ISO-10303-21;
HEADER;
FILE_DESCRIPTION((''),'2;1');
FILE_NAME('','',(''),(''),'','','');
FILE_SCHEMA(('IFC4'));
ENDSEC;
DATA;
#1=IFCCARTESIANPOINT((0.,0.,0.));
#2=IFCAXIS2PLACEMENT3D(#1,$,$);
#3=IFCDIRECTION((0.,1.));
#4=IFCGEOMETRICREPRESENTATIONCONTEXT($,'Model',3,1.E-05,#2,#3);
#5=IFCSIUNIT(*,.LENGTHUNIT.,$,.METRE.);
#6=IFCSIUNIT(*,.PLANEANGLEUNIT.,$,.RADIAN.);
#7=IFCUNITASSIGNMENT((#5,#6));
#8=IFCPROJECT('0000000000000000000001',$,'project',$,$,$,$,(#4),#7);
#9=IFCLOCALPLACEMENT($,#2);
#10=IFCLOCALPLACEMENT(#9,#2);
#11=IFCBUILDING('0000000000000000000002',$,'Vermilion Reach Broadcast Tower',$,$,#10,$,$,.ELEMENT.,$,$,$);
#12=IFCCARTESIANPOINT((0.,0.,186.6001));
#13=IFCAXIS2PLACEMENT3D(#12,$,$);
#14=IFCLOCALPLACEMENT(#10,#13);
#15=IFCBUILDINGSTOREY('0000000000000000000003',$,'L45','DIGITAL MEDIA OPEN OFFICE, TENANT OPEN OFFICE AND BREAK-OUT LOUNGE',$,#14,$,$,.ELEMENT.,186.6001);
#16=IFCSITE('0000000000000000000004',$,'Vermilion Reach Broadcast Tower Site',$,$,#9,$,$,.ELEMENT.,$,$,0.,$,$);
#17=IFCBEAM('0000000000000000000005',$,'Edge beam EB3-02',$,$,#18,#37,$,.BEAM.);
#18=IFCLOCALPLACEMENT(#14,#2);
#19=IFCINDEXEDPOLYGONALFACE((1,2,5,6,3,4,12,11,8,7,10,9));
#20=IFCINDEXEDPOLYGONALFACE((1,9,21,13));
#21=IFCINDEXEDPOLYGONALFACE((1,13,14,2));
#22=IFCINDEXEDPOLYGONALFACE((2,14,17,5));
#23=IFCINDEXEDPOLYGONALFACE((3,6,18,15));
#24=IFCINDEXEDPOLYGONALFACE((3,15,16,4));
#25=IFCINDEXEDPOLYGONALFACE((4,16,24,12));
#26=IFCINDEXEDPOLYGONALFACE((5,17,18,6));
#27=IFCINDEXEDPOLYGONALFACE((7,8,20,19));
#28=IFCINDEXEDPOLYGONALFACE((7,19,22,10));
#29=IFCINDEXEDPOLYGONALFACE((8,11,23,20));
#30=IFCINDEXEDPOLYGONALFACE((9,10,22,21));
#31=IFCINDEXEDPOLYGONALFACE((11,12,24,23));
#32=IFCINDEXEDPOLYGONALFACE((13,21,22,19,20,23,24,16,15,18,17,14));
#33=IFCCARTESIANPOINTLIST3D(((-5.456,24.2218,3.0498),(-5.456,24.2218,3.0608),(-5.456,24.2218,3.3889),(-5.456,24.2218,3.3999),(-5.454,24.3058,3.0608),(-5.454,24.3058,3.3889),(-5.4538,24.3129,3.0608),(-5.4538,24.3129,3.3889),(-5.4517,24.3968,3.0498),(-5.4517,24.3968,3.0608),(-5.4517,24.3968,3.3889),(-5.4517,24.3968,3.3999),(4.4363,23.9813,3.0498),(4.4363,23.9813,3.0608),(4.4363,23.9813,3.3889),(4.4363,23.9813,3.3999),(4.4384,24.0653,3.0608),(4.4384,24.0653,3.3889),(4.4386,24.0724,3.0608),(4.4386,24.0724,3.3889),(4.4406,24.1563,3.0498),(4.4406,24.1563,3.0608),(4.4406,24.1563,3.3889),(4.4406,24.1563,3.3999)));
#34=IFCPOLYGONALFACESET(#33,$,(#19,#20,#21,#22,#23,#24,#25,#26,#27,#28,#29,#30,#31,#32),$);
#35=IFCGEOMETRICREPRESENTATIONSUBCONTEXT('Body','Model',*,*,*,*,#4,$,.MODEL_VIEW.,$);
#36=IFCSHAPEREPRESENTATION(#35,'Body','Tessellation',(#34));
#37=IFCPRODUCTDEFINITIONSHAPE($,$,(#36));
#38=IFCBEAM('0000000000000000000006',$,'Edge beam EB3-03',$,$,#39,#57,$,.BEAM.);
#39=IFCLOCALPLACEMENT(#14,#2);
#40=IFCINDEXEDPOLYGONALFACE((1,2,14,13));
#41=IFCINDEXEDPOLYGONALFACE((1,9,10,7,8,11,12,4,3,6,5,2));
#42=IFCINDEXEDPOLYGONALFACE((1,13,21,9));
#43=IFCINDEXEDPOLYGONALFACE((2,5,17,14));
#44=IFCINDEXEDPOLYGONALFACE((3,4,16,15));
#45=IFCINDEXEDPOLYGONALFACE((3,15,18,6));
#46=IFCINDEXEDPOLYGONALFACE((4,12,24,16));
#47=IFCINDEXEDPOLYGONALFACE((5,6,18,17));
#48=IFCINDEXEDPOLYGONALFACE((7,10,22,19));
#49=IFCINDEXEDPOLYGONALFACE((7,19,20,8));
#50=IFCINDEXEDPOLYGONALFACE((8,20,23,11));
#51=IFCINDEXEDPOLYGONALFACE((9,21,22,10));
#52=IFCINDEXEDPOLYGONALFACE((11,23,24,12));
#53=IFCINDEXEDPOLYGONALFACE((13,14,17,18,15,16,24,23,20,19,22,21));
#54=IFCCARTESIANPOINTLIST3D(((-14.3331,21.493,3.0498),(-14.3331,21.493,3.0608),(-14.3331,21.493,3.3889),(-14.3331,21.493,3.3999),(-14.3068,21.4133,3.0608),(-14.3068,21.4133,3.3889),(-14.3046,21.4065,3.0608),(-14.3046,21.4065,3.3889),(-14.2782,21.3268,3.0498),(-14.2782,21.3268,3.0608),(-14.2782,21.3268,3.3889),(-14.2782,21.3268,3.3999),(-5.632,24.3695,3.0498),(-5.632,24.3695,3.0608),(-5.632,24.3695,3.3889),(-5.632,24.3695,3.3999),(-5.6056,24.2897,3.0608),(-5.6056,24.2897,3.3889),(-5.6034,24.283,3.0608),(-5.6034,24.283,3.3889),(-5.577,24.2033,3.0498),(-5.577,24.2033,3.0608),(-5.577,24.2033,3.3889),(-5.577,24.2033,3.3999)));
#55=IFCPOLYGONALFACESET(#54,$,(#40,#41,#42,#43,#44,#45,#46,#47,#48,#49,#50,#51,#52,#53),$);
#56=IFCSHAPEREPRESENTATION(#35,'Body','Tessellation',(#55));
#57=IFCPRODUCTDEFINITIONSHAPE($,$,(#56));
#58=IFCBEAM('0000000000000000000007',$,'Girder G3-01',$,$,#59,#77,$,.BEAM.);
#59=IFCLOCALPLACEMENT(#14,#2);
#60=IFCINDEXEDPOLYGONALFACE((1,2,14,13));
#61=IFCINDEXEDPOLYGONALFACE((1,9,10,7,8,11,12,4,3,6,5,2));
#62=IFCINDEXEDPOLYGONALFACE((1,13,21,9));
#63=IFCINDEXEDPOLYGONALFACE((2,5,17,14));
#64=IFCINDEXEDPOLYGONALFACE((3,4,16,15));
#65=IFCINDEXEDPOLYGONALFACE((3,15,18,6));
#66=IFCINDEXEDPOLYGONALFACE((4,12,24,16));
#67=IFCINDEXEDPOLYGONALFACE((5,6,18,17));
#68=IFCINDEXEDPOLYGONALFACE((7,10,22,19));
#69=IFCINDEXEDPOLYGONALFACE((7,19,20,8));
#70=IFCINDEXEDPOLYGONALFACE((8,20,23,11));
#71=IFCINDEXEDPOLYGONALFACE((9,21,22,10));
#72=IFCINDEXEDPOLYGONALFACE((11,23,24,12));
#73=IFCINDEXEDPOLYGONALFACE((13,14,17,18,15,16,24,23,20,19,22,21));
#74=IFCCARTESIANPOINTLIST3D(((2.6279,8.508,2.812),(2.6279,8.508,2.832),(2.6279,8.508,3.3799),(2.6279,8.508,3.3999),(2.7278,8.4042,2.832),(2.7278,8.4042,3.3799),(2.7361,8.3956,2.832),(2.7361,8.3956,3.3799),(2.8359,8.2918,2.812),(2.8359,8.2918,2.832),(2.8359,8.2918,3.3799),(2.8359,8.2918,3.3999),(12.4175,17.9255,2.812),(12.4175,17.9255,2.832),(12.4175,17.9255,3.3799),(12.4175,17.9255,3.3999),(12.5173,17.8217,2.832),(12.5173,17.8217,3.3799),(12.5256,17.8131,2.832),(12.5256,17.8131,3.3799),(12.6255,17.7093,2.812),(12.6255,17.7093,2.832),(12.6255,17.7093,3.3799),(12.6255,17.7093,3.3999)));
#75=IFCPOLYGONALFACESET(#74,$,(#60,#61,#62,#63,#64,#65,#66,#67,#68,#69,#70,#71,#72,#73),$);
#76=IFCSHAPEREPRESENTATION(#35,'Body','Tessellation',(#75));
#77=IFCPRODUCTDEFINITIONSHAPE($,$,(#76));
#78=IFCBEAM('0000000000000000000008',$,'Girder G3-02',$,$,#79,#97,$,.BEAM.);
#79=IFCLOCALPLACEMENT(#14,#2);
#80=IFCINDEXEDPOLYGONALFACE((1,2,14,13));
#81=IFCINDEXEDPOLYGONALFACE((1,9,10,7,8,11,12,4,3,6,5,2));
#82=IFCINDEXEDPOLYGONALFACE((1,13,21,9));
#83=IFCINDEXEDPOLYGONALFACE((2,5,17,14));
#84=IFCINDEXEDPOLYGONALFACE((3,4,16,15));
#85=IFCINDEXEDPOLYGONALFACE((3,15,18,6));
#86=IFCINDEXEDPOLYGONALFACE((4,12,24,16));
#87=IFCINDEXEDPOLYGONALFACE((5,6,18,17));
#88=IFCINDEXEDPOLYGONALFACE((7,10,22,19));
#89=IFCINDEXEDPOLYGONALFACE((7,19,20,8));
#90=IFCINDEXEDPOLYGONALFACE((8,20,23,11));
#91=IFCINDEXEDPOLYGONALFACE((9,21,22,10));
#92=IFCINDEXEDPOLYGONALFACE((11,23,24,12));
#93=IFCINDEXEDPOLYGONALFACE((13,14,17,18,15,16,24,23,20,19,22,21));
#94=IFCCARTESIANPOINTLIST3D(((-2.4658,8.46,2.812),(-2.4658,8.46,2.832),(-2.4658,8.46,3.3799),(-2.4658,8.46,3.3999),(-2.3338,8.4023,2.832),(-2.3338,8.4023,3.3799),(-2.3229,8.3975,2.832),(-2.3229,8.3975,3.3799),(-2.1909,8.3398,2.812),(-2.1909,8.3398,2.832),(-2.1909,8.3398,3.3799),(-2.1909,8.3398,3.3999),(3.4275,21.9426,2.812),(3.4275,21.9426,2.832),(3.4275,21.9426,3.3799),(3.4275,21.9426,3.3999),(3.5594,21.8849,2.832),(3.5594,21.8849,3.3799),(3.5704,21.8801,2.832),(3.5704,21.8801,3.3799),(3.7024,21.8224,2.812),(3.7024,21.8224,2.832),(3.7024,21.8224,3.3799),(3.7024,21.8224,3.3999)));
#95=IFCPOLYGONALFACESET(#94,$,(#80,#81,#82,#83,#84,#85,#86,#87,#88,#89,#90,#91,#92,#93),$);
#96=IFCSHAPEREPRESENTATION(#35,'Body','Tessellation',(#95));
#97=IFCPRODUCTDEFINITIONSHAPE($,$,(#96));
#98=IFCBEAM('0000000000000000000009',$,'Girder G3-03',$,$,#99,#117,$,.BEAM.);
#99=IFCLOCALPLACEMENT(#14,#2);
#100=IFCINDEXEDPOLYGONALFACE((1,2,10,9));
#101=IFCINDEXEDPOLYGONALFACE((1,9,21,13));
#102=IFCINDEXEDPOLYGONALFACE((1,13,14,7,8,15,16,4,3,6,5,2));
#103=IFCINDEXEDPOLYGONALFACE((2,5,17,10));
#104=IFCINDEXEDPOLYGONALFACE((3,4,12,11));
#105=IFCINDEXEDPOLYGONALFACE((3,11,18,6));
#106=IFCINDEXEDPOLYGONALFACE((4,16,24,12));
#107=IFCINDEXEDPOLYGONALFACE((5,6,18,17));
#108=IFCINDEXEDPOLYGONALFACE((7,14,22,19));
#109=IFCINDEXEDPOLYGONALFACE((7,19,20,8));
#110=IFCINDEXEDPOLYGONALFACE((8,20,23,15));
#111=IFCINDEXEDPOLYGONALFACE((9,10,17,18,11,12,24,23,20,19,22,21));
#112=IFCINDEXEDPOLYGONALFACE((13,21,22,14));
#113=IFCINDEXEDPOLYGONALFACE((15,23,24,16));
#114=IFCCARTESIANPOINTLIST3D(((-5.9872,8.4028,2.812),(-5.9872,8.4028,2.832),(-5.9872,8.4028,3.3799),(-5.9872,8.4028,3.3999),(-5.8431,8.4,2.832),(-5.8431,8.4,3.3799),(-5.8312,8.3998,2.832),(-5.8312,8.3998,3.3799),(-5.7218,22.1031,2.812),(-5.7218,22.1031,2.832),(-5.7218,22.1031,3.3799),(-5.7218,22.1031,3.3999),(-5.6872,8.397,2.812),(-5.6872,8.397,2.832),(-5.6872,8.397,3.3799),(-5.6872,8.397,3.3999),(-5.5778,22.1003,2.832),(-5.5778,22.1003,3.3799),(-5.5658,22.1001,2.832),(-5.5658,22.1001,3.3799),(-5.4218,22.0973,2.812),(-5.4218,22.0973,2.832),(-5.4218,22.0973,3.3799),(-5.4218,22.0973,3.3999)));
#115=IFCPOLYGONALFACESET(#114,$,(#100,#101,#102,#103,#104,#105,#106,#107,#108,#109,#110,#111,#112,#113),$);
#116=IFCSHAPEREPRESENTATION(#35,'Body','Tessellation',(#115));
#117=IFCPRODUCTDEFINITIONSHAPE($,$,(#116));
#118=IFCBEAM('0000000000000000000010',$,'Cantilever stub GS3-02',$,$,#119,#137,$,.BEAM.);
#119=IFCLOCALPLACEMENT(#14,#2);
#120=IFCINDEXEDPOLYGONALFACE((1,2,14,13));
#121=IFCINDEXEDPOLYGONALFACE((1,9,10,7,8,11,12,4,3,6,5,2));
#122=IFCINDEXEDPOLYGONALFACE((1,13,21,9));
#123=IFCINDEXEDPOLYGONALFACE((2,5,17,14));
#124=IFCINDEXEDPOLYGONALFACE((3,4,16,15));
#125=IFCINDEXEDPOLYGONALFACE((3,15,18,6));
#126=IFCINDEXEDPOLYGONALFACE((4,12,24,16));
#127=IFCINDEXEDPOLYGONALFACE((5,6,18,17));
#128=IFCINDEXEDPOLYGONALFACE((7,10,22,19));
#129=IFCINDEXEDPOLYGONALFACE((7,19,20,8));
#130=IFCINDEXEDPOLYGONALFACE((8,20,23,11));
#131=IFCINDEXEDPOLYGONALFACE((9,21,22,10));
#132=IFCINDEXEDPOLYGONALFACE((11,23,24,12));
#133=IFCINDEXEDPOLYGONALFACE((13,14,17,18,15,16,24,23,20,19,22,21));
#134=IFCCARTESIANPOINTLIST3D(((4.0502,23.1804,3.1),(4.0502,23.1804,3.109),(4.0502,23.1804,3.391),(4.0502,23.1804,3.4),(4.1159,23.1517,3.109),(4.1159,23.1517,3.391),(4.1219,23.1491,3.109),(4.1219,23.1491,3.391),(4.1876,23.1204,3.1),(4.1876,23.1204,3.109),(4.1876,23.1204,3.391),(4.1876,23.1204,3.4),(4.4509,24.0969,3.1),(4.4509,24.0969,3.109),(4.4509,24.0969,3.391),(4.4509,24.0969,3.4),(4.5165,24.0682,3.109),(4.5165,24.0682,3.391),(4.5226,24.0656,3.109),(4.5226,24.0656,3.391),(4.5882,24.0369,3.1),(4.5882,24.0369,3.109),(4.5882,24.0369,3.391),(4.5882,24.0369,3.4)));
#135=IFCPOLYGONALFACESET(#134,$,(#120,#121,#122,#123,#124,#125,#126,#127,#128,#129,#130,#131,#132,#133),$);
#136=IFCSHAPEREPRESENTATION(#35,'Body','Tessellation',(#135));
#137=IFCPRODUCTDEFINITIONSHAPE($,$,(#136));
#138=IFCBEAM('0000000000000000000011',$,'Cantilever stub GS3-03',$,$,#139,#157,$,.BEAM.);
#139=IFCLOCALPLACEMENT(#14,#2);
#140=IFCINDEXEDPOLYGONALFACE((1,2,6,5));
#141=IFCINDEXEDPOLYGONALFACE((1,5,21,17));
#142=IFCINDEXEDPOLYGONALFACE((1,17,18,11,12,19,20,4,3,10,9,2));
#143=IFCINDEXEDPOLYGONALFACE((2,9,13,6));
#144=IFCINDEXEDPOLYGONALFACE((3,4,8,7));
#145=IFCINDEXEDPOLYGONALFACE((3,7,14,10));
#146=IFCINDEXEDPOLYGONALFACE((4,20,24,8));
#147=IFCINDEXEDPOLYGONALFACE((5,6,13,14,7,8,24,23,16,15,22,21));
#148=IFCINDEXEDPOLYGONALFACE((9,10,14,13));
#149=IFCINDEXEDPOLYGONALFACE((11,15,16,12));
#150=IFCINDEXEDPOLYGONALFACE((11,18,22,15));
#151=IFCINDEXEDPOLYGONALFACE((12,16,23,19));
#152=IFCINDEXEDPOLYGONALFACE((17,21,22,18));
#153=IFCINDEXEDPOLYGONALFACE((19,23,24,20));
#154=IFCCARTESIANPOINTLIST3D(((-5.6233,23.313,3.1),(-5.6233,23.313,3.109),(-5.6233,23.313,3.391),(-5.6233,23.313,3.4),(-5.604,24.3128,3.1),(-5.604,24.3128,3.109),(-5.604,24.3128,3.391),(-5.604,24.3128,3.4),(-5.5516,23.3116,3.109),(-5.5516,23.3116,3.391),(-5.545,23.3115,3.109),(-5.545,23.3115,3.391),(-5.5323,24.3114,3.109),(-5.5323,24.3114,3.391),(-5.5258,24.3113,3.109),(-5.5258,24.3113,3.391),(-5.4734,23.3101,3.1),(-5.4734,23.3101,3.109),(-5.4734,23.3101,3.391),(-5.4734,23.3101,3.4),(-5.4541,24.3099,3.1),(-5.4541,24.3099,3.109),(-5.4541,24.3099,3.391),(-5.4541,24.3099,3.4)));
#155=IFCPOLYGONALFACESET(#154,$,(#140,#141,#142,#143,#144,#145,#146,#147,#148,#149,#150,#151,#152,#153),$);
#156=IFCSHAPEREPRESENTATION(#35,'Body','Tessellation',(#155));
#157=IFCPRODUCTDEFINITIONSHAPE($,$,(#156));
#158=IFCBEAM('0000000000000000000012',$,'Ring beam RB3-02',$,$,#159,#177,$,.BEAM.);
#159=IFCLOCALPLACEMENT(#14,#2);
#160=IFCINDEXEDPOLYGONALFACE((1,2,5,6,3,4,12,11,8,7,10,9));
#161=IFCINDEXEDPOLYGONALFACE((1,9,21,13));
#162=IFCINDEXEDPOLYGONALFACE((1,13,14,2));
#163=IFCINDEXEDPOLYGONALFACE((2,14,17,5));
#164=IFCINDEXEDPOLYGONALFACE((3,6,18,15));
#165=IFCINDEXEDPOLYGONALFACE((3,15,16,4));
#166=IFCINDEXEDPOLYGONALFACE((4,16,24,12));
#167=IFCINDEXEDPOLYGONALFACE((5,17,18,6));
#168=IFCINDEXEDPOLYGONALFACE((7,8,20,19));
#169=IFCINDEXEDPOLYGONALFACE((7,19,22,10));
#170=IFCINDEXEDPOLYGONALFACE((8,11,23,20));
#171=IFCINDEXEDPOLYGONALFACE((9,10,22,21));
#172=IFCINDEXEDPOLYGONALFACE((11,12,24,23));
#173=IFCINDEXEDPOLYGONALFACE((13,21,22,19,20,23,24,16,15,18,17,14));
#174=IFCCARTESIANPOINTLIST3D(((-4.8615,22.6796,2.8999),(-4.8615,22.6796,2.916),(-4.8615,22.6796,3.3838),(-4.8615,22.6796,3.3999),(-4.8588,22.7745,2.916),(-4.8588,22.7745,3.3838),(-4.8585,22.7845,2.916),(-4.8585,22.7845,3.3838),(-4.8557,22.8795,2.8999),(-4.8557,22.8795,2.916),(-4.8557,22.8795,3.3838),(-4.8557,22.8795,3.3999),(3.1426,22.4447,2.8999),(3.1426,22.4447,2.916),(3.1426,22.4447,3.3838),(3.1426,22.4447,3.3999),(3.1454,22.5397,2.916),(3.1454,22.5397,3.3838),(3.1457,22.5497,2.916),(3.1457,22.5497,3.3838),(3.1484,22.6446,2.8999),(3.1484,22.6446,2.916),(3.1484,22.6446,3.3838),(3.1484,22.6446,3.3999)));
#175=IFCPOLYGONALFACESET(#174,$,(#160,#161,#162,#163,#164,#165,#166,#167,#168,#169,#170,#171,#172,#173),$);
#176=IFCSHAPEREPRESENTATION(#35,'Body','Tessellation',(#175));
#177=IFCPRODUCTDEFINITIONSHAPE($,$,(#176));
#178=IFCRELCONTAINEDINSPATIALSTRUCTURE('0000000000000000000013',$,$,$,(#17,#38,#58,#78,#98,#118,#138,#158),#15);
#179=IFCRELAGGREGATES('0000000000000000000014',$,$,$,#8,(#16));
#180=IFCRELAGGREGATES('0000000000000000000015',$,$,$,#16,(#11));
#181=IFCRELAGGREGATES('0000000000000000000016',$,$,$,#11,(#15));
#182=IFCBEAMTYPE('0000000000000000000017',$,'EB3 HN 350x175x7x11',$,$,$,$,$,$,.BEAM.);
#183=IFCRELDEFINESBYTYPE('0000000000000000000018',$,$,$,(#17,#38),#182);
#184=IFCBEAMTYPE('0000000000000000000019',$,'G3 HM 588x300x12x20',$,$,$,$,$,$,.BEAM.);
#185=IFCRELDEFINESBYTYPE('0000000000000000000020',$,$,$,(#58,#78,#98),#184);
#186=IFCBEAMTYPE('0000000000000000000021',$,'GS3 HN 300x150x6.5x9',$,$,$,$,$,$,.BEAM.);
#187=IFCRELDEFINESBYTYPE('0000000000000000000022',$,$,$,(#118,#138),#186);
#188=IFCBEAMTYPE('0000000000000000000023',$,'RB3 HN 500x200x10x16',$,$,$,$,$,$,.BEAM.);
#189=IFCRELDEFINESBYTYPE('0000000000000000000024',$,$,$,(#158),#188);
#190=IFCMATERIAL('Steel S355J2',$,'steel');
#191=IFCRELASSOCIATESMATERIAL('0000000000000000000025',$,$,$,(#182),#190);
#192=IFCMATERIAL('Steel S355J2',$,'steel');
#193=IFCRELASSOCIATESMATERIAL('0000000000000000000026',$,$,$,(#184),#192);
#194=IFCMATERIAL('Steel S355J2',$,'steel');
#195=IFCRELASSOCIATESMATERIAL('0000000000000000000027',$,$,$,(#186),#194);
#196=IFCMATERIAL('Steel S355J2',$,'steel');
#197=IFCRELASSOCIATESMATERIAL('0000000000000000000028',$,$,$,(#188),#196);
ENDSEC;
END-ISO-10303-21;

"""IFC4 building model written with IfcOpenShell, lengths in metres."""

from ifc_helpers import new_model, si_unit, direction, frame, origin, origin_2d, place, context, subcontext, project, spatial, i_section, extrude, material, material_profile, profile_set, type_object, element, save


model = new_model("IFC4")

# Units and contexts
model_context = context("Model", 3, precision=1e-05, world=origin(), true_north=direction((0.0, 1.0)))
body_context = subcontext(model_context, "Body", "Model", "MODEL_VIEW")
ifc_project = project(units=[si_unit("LENGTHUNIT", "METRE"), si_unit("PLANEANGLEUNIT", "RADIAN")], contexts=[model_context])

# Site, building, storey
site_placement = place(None, origin())
site = spatial("IfcSite", under=ifc_project, at=site_placement, Name="Vermilion Reach Broadcast Tower Site", CompositionType="ELEMENT", RefElevation=0.0)
building_placement = place(site_placement, origin())
building = spatial("IfcBuilding", under=site, at=building_placement, Name="Vermilion Reach Broadcast Tower", CompositionType="ELEMENT")
storey_placement = place(building_placement, frame((0.0, 0.0, 186.6001)))
storey = spatial("IfcBuildingStorey", under=building, at=storey_placement, Name="L45", Description="DIGITAL MEDIA OPEN OFFICE, TENANT OPEN OFFICE AND BREAK-OUT LOUNGE", CompositionType="ELEMENT", Elevation=186.6001)

# Beams
ifc_material_1 = material(Name="Steel S355J2", Category="steel")
ifc_material_profile_1 = material_profile(ifc_material_1, i_section(OverallWidth=0.175, OverallDepth=0.3501, WebThickness=0.0071, FlangeThickness=0.011, at=origin_2d()), Name="S355J2 HN 350x175x7x11")
ifc_profile_set_1 = profile_set([ifc_material_profile_1], Name="Steel S355J2")
beam_type_1 = type_object("IfcBeamType", Name="EB3 HN 350x175x7x11", PredefinedType="BEAM", material=ifc_profile_set_1)
beam_1_placement = place(storey_placement, frame((4.4385, 24.0688, 3.2249), z_axis=(-0.999705, 0.024302, 0.0), x_axis=(-0.024302, -0.999705, 0.0)))
element("IfcBeam", 1, at=beam_1_placement, inside=storey, type_object=beam_type_1, Name="Edge beam EB3-02", PredefinedType="BEAM", context=body_context, shape_type="SweptSolid", body=[
    extrude(i_section(OverallWidth=0.175, OverallDepth=0.3501, WebThickness=0.0071, FlangeThickness=0.011, at=origin_2d()), origin(), (0.0, 0.0, 1.0), 9.8953),
])
beam_2_placement = place(storey_placement, frame((-5.6045, 24.2864, 3.2249), z_axis=(-0.949464, -0.313877, 0.0), x_axis=(0.313877, -0.949464, 0.0)))
element("IfcBeam", 2, at=beam_2_placement, inside=storey, type_object=beam_type_1, Name="Edge beam EB3-03", PredefinedType="BEAM", context=body_context, shape_type="SweptSolid", body=[
    extrude(i_section(OverallWidth=0.175, OverallDepth=0.3501, WebThickness=0.0071, FlangeThickness=0.011, at=origin_2d()), origin(), (0.0, 0.0, 1.0), 9.1643),
])
ifc_material_2 = material(Name="Steel S355J2", Category="steel")
ifc_material_profile_2 = material_profile(ifc_material_2, i_section(OverallWidth=0.3, OverallDepth=0.5879, WebThickness=0.012, FlangeThickness=0.02, at=origin_2d()), Name="S355J2 HM 588x300x12x20")
ifc_profile_set_2 = profile_set([ifc_material_profile_2], Name="Steel S355J2")
beam_type_2 = type_object("IfcBeamType", Name="G3 HM 588x300x12x20", PredefinedType="BEAM", material=ifc_profile_set_2)
beam_3_placement = place(storey_placement, frame((2.7319, 8.3999, 3.106), z_axis=(0.720669, 0.693279, 0.0), x_axis=(-0.693279, 0.720669, 0.0)))
element("IfcBeam", 3, at=beam_3_placement, inside=storey, type_object=beam_type_2, Name="Girder G3-01", PredefinedType="BEAM", context=body_context, shape_type="SweptSolid", body=[
    extrude(i_section(OverallWidth=0.3, OverallDepth=0.5879, WebThickness=0.012, FlangeThickness=0.02, at=origin_2d()), origin(), (0.0, 0.0, 1.0), 13.584),
])
beam_4_placement = place(storey_placement, frame((-2.3284, 8.3999, 3.106), z_axis=(0.400513, 0.916291, 0.0), x_axis=(-0.916291, 0.400513, 0.0)))
element("IfcBeam", 4, at=beam_4_placement, inside=storey, type_object=beam_type_2, Name="Girder G3-02", PredefinedType="BEAM", context=body_context, shape_type="SweptSolid", body=[
    extrude(i_section(OverallWidth=0.3, OverallDepth=0.5879, WebThickness=0.012, FlangeThickness=0.02, at=origin_2d()), origin(), (0.0, 0.0, 1.0), 14.7144),
])
beam_5_placement = place(storey_placement, frame((-5.8372, 8.3999, 3.106), z_axis=(0.019367, 0.999812, 0.0), x_axis=(-0.999812, 0.019367, 0.0)))
element("IfcBeam", 5, at=beam_5_placement, inside=storey, type_object=beam_type_2, Name="Girder G3-03", PredefinedType="BEAM", context=body_context, shape_type="SweptSolid", body=[
    extrude(i_section(OverallWidth=0.3, OverallDepth=0.5879, WebThickness=0.012, FlangeThickness=0.02, at=origin_2d()), origin(), (0.0, 0.0, 1.0), 13.7029),
])
ifc_material_3 = material(Name="Steel S355J2", Category="steel")
ifc_material_profile_3 = material_profile(ifc_material_3, i_section(OverallWidth=0.1499, OverallDepth=0.3, WebThickness=0.0066, FlangeThickness=0.009, at=origin_2d()), Name="S355J2 HN 300x150x6.5x9")
ifc_profile_set_3 = profile_set([ifc_material_profile_3], Name="Steel S355J2")
beam_type_3 = type_object("IfcBeamType", Name="GS3 HN 300x150x6.5x9", PredefinedType="BEAM", material=ifc_profile_set_3)
beam_6_placement = place(storey_placement, frame((4.1189, 23.1504, 3.25), z_axis=(0.400537, 0.916281, 0.0), x_axis=(-0.916281, 0.400537, 0.0)))
element("IfcBeam", 6, at=beam_6_placement, inside=storey, type_object=beam_type_3, Name="Cantilever stub GS3-02", PredefinedType="BEAM", context=body_context, shape_type="SweptSolid", body=[
    extrude(i_section(OverallWidth=0.1499, OverallDepth=0.3, WebThickness=0.0066, FlangeThickness=0.009, at=origin_2d()), origin(), (0.0, 0.0, 1.0), 1.0002),
])
beam_7_placement = place(storey_placement, frame((-5.5483, 23.3115, 3.25), z_axis=(0.019288, 0.999814, 0.0), x_axis=(-0.999814, 0.019288, 0.0)))
element("IfcBeam", 7, at=beam_7_placement, inside=storey, type_object=beam_type_3, Name="Cantilever stub GS3-03", PredefinedType="BEAM", context=body_context, shape_type="SweptSolid", body=[
    extrude(i_section(OverallWidth=0.1499, OverallDepth=0.3, WebThickness=0.0066, FlangeThickness=0.009, at=origin_2d()), origin(), (0.0, 0.0, 1.0), 1.0),
])
ifc_material_4 = material(Name="Steel S355J2", Category="steel")
ifc_material_profile_4 = material_profile(ifc_material_4, i_section(OverallWidth=0.2, OverallDepth=0.5, WebThickness=0.01, FlangeThickness=0.0161, at=origin_2d()), Name="S355J2 HN 500x200x10x16")
ifc_profile_set_4 = profile_set([ifc_material_profile_4], Name="Steel S355J2")
beam_type_4 = type_object("IfcBeamType", Name="RB3 HN 500x200x10x16", PredefinedType="BEAM", material=ifc_profile_set_4)
beam_8_placement = place(storey_placement, frame((3.1455, 22.5447, 3.1499), z_axis=(-0.99957, 0.02933, 0.0), x_axis=(-0.02933, -0.99957, 0.0)))
element("IfcBeam", 8, at=beam_8_placement, inside=storey, type_object=beam_type_4, Name="Ring beam RB3-02", PredefinedType="BEAM", context=body_context, shape_type="SweptSolid", body=[
    extrude(i_section(OverallWidth=0.2, OverallDepth=0.5, WebThickness=0.01, FlangeThickness=0.0161, at=origin_2d()), origin(), (0.0, 0.0, 1.0), 8.0076),
])

save(model, "model.ifc")
